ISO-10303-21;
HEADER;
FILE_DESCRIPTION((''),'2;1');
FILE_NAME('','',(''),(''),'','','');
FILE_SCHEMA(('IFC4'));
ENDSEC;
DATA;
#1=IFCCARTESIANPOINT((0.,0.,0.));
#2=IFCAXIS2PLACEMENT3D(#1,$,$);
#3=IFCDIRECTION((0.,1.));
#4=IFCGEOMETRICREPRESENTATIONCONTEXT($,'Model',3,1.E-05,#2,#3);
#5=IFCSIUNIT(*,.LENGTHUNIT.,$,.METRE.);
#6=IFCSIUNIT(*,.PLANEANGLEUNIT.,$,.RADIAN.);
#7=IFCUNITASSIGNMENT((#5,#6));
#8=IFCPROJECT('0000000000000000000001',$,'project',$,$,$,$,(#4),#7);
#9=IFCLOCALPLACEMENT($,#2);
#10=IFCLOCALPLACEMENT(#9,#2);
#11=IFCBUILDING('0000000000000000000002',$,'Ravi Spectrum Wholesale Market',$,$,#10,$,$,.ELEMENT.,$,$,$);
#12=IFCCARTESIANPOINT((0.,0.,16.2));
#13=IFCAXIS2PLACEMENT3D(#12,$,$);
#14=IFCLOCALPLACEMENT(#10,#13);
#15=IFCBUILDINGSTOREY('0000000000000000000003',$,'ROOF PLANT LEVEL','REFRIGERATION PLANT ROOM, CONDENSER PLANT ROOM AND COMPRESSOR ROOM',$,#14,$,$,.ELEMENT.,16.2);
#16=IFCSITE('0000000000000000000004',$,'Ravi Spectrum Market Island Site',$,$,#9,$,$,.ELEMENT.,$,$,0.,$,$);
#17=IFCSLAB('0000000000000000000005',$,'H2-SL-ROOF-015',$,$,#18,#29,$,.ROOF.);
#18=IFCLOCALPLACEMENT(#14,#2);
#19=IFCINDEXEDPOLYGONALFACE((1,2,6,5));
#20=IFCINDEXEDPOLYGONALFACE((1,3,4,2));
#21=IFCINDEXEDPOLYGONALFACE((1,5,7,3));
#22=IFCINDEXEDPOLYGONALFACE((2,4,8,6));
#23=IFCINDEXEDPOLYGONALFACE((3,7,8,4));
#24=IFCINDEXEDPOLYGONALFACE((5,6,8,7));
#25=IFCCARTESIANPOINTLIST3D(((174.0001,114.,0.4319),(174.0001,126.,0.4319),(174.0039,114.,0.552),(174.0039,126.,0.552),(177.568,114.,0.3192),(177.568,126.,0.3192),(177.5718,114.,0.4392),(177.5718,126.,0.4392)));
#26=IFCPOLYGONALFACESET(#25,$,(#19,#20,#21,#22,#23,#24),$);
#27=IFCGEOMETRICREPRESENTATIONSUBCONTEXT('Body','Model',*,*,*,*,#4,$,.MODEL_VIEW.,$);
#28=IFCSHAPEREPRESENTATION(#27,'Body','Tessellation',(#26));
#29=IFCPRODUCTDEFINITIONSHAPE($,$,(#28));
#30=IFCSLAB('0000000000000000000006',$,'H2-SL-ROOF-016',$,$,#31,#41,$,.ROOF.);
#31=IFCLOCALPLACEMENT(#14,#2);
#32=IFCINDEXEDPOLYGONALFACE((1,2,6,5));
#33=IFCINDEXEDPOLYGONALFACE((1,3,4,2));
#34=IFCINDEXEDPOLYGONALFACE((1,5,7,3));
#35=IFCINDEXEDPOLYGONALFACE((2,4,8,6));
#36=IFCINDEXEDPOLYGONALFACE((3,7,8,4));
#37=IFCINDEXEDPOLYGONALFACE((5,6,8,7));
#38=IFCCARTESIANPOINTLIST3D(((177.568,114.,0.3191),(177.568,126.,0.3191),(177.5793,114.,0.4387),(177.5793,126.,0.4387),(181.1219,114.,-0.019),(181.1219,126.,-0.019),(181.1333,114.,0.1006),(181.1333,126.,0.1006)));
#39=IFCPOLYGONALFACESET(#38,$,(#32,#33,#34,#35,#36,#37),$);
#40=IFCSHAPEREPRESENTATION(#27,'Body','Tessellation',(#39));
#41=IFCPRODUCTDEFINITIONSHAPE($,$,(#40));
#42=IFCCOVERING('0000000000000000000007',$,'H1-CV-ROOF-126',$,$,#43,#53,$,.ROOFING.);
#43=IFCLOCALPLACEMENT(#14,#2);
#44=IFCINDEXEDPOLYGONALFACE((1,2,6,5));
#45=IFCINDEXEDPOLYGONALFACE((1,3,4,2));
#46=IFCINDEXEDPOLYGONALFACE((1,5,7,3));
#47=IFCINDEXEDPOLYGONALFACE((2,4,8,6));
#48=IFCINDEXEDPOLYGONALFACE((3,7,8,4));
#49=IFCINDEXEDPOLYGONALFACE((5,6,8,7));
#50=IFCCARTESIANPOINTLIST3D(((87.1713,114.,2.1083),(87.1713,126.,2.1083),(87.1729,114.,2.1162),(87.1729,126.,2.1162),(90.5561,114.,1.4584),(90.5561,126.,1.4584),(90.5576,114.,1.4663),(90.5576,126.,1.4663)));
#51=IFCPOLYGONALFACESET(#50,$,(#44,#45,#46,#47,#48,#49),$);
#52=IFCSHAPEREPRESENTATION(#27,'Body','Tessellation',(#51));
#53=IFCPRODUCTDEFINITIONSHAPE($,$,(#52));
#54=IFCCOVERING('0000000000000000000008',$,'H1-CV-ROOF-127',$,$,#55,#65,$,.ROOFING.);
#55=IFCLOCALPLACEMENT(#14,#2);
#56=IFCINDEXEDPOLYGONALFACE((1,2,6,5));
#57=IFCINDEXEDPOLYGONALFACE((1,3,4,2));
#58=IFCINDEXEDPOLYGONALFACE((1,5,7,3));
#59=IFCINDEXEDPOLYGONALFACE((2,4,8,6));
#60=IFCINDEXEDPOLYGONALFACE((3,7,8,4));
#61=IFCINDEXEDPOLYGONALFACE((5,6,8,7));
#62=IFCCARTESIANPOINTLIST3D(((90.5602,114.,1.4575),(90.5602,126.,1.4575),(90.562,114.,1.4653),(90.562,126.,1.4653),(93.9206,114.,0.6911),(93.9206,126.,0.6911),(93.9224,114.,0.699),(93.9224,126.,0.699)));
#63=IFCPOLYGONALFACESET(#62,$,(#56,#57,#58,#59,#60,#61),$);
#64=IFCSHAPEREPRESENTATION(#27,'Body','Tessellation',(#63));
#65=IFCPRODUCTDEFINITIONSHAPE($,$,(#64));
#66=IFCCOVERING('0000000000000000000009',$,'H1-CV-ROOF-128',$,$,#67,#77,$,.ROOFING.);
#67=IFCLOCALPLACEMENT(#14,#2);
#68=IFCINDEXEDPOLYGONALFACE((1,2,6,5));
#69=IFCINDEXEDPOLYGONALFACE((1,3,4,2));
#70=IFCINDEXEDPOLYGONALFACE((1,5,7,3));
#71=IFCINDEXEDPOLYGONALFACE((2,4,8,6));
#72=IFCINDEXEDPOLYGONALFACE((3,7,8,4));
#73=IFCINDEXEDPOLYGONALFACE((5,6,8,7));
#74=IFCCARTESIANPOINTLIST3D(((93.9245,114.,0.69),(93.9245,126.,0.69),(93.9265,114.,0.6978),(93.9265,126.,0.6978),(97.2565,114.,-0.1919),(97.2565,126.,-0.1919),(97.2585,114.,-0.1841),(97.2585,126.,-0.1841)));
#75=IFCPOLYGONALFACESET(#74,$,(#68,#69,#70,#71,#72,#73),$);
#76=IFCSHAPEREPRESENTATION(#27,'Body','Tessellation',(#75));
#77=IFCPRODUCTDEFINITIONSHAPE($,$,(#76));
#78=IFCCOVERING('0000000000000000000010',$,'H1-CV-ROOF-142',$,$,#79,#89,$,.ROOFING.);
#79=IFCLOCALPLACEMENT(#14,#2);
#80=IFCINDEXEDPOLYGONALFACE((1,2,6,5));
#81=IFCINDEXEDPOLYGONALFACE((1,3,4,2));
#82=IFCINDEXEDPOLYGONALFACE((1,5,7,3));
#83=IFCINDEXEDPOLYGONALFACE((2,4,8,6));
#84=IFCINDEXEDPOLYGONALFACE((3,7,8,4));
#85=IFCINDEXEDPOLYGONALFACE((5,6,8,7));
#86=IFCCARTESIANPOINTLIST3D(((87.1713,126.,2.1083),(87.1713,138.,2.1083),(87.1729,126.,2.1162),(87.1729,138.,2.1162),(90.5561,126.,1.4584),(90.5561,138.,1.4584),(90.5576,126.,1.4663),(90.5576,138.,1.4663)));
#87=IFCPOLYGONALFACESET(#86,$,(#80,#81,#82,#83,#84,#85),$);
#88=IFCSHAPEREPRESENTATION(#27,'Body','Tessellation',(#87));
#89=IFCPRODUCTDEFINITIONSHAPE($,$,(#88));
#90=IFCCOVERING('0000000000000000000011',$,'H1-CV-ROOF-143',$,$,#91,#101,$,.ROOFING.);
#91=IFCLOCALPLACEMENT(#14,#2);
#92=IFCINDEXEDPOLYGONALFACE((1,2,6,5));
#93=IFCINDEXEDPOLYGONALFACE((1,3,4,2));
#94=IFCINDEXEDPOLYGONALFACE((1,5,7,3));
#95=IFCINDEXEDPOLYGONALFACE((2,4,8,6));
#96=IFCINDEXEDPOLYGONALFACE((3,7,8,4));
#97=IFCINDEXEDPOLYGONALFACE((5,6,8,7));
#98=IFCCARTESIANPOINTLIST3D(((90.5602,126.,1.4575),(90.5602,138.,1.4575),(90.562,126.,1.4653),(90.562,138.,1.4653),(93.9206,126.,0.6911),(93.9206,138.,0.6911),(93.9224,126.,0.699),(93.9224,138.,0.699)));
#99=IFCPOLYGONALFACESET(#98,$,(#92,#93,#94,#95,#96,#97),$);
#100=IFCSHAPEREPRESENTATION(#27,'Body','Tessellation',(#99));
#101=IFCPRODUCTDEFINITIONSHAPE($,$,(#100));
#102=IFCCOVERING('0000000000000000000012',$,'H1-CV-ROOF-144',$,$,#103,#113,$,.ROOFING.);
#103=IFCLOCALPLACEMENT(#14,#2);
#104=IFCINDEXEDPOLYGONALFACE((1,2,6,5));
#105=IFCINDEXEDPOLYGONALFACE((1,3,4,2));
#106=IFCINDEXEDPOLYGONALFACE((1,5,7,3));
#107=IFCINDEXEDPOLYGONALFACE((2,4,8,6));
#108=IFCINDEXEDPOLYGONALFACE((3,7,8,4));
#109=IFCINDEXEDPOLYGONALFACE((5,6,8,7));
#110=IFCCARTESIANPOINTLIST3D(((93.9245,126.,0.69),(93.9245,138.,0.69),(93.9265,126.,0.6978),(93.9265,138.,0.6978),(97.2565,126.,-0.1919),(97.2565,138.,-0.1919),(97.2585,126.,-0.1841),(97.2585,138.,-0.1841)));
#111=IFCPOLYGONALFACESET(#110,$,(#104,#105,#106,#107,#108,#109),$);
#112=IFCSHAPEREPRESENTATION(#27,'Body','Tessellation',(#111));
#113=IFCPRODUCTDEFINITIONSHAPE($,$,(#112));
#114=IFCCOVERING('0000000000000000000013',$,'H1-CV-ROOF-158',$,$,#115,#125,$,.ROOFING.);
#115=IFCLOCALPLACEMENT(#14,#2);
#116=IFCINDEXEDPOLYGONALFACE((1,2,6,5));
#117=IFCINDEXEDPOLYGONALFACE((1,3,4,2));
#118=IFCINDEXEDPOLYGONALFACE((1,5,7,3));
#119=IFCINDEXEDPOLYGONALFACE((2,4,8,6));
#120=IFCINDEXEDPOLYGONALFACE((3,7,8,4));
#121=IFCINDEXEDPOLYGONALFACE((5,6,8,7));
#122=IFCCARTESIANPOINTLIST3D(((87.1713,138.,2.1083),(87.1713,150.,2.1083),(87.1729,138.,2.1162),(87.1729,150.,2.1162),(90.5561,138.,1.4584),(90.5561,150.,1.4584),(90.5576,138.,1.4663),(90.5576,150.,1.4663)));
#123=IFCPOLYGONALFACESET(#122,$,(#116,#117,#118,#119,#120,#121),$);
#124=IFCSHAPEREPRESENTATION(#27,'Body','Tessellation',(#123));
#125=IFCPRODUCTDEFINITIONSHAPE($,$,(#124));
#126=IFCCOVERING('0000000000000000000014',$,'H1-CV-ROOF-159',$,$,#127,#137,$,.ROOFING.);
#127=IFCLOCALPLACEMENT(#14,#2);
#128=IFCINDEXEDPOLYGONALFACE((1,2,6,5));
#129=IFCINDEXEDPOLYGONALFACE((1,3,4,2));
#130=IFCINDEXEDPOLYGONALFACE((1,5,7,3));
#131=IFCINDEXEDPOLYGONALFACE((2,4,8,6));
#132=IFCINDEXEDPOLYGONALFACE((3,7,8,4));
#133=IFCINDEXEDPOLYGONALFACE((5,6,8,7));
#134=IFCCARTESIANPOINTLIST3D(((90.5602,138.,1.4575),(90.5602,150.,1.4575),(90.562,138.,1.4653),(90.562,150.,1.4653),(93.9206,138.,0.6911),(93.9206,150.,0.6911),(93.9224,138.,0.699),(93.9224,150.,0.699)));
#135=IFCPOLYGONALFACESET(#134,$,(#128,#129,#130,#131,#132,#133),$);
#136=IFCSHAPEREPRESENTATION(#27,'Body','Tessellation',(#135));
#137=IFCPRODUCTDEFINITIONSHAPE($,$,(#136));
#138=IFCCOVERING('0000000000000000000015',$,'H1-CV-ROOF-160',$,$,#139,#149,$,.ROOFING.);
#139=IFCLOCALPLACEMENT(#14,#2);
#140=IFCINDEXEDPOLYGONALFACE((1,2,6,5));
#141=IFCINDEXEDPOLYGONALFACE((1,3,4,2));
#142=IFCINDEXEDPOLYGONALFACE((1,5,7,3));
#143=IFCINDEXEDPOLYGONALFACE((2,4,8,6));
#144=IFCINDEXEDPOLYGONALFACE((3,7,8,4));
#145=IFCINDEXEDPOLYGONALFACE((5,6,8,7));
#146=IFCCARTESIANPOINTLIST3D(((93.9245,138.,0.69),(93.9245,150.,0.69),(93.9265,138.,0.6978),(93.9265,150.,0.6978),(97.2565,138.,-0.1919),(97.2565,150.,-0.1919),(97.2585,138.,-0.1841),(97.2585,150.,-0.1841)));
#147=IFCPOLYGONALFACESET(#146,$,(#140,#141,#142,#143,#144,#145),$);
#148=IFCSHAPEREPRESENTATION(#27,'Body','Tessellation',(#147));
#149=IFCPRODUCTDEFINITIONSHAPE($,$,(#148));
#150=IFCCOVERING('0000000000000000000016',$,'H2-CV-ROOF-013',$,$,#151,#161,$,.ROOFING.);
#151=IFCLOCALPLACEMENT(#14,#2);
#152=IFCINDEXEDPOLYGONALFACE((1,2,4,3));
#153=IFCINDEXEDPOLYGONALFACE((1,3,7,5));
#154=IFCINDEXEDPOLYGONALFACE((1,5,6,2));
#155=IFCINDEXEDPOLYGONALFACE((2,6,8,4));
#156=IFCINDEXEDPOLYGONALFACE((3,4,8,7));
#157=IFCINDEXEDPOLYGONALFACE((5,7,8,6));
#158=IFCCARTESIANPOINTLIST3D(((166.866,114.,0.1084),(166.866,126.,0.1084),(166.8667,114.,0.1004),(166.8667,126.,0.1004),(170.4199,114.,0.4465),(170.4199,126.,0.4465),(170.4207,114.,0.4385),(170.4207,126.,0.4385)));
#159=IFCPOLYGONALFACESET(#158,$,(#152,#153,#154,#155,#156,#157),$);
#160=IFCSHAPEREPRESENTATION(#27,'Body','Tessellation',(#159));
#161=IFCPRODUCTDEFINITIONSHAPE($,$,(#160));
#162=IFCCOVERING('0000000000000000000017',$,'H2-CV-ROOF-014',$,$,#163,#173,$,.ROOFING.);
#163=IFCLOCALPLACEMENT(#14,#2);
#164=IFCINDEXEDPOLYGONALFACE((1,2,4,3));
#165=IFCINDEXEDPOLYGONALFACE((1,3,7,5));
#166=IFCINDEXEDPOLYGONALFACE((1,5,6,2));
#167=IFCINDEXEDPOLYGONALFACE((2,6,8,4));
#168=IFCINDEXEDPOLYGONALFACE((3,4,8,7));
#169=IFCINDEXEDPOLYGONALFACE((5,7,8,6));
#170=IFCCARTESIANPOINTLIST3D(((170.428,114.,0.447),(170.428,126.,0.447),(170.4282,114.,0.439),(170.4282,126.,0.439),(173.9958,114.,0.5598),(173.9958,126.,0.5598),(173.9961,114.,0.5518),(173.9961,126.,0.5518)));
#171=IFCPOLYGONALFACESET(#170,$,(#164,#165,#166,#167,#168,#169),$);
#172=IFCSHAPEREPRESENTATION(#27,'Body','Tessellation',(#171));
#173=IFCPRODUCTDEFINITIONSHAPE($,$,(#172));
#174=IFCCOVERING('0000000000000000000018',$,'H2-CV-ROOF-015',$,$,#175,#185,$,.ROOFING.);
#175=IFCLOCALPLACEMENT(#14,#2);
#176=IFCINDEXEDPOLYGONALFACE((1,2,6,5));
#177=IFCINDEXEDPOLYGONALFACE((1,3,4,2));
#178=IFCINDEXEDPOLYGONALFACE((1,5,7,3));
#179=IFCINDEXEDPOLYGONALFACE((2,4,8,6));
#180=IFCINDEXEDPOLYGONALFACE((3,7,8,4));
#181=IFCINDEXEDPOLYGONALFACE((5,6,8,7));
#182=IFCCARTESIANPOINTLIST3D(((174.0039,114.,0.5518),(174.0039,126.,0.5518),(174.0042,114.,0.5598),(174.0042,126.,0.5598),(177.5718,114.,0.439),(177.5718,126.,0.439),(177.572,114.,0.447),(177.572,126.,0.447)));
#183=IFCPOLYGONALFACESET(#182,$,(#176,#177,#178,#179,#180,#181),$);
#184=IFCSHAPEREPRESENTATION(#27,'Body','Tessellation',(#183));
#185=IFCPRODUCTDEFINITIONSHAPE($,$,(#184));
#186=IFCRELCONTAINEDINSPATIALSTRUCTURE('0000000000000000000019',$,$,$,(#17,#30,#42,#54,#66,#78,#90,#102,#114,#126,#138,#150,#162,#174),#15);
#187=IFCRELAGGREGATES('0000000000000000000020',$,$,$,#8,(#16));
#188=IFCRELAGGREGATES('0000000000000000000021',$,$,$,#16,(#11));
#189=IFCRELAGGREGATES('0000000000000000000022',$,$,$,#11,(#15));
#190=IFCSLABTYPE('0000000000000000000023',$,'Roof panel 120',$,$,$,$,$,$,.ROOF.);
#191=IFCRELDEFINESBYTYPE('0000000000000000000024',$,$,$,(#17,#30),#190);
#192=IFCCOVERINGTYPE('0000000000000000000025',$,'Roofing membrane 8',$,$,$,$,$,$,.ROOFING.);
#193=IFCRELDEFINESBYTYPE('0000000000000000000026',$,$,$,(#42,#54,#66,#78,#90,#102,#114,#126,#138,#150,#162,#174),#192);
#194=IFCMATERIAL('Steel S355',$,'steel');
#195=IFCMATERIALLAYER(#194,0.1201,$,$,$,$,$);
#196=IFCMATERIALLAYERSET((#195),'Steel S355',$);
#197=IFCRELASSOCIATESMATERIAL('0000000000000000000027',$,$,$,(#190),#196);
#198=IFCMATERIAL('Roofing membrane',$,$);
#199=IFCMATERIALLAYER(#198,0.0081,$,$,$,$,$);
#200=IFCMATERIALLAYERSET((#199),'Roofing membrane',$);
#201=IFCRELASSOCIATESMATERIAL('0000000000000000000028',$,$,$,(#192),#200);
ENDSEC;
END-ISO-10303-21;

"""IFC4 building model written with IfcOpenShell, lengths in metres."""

from ifc_helpers import new_model, si_unit, direction, frame, origin, place, context, subcontext, project, spatial, polyline, outline, extrude, material, layer, layer_set, type_object, element, save


model = new_model("IFC4")

# Units and contexts
model_context = context("Model", 3, precision=1e-05, world=origin(), true_north=direction((0.0, 1.0)))
body_context = subcontext(model_context, "Body", "Model", "MODEL_VIEW")
ifc_project = project(units=[si_unit("LENGTHUNIT", "METRE"), si_unit("PLANEANGLEUNIT", "RADIAN")], contexts=[model_context])

# Site, building, storey
site_placement = place(None, origin())
site = spatial("IfcSite", under=ifc_project, at=site_placement, Name="Ravi Spectrum Market Island Site", CompositionType="ELEMENT", RefElevation=0.0)
building_placement = place(site_placement, origin())
building = spatial("IfcBuilding", under=site, at=building_placement, Name="Ravi Spectrum Wholesale Market", CompositionType="ELEMENT")
storey_placement = place(building_placement, frame((0.0, 0.0, 16.2)))
storey = spatial("IfcBuildingStorey", under=building, at=storey_placement, Name="ROOF PLANT LEVEL", Description="REFRIGERATION PLANT ROOM, CONDENSER PLANT ROOM AND COMPRESSOR ROOM", CompositionType="ELEMENT", Elevation=16.2)

# Slabs
ifc_material_1 = material(Name="Steel S355", Category="steel")
ifc_layer_1 = layer(ifc_material_1, 0.1201)
ifc_layer_set_1 = layer_set([ifc_layer_1], Name="Steel S355")
slab_type = type_object("IfcSlabType", Name="Roof panel 120", PredefinedType="ROOF", material=ifc_layer_set_1)
for number, where, z_axis, x_axis, name in (
    (1, (174.0039, 114.0, 0.552), (0.031598, 0.0, 0.999501), (0.999501, 0.0, -0.031598), "H2-SL-ROOF-015"),
):
    element("IfcSlab", number, at=place(storey_placement, frame(where, z_axis=z_axis, x_axis=x_axis)), inside=storey, type_object=slab_type, Name=name, PredefinedType="ROOF", context=body_context, shape_type="SweptSolid", body=[
        extrude(outline(polyline([(0.0, 0.0), (3.5697, 0.0), (3.5697, 12.0), (0.0, 12.0), (0.0, 0.0)])), origin(), (0.0, 0.0, -1.0), 0.1201),
    ])
slab_1_placement = place(storey_placement, frame((177.5793, 114.0, 0.4387), z_axis=(0.094716, 0.0, 0.995504), x_axis=(0.995504, 0.0, -0.094716)))
element("IfcSlab", 2, at=slab_1_placement, inside=storey, type_object=slab_type, Name="H2-SL-ROOF-016", PredefinedType="ROOF", context=body_context, shape_type="SweptSolid", body=[
    extrude(outline(polyline([(0.0, 0.0), (3.57, 0.0), (3.57, 12.0), (0.0, 12.0), (0.0, 0.0)])), origin(), (0.0, 0.0, -1.0), 0.1201),
])

# Coverings
ifc_material_2 = material(Name="Roofing membrane")
ifc_layer_2 = layer(ifc_material_2, 0.0081)
ifc_layer_set_2 = layer_set([ifc_layer_2], Name="Roofing membrane")
covering_type = type_object("IfcCoveringType", Name="Roofing membrane 8", PredefinedType="ROOFING", material=ifc_layer_set_2)
covering_1_placement = place(storey_placement, frame((87.1729, 114.0, 2.1162), z_axis=(0.188564, 0.0, 0.982061), x_axis=(0.982061, 0.0, -0.188564)))
element("IfcCovering", 3, at=covering_1_placement, inside=storey, type_object=covering_type, Name="H1-CV-ROOF-126", PredefinedType="ROOFING", context=body_context, shape_type="SweptSolid", body=[
    extrude(outline(polyline([(0.0, 0.0), (3.4466, 0.0), (3.4466, 12.0), (0.0, 12.0), (0.0, 0.0)])), origin(), (0.0, 0.0, -1.0), 0.0081),
])
covering_2_placement = place(storey_placement, frame((90.562, 114.0, 1.4653), z_axis=(0.22235, 0.0, 0.974967), x_axis=(0.974967, 0.0, -0.22235)))
element("IfcCovering", 4, at=covering_2_placement, inside=storey, type_object=covering_type, Name="H1-CV-ROOF-127", PredefinedType="ROOFING", context=body_context, shape_type="SweptSolid", body=[
    extrude(outline(polyline([(0.0, 0.0), (3.4466, 0.0), (3.4466, 12.0), (0.0, 12.0), (0.0, 0.0)])), origin(), (0.0, 0.0, -1.0), 0.0081),
])
covering_3_placement = place(storey_placement, frame((93.9265, 114.0, 0.6978), z_axis=(0.255846, 0.0, 0.966718), x_axis=(0.966718, 0.0, -0.255846)))
element("IfcCovering", 5, at=covering_3_placement, inside=storey, type_object=covering_type, Name="H1-CV-ROOF-128", PredefinedType="ROOFING", context=body_context, shape_type="SweptSolid", body=[
    extrude(outline(polyline([(0.0, 0.0), (3.4467, 0.0), (3.4467, 12.0), (0.0, 12.0), (0.0, 0.0)])), origin(), (0.0, 0.0, -1.0), 0.0081),
])
covering_4_placement = place(storey_placement, frame((87.1729, 126.0, 2.1162), z_axis=(0.188564, 0.0, 0.982061), x_axis=(0.982061, 0.0, -0.188564)))
element("IfcCovering", 6, at=covering_4_placement, inside=storey, type_object=covering_type, Name="H1-CV-ROOF-142", PredefinedType="ROOFING", context=body_context, shape_type="SweptSolid", body=[
    extrude(outline(polyline([(0.0, 0.0), (3.4466, 0.0), (3.4466, 12.0), (0.0, 12.0), (0.0, 0.0)])), origin(), (0.0, 0.0, -1.0), 0.0081),
])
covering_5_placement = place(storey_placement, frame((90.562, 126.0, 1.4653), z_axis=(0.22235, 0.0, 0.974967), x_axis=(0.974967, 0.0, -0.22235)))
element("IfcCovering", 7, at=covering_5_placement, inside=storey, type_object=covering_type, Name="H1-CV-ROOF-143", PredefinedType="ROOFING", context=body_context, shape_type="SweptSolid", body=[
    extrude(outline(polyline([(0.0, 0.0), (3.4466, 0.0), (3.4466, 12.0), (0.0, 12.0), (0.0, 0.0)])), origin(), (0.0, 0.0, -1.0), 0.0081),
])
covering_6_placement = place(storey_placement, frame((93.9265, 126.0, 0.6978), z_axis=(0.255846, 0.0, 0.966718), x_axis=(0.966718, 0.0, -0.255846)))
element("IfcCovering", 8, at=covering_6_placement, inside=storey, type_object=covering_type, Name="H1-CV-ROOF-144", PredefinedType="ROOFING", context=body_context, shape_type="SweptSolid", body=[
    extrude(outline(polyline([(0.0, 0.0), (3.4467, 0.0), (3.4467, 12.0), (0.0, 12.0), (0.0, 0.0)])), origin(), (0.0, 0.0, -1.0), 0.0081),
])
covering_7_placement = place(storey_placement, frame((87.1729, 138.0, 2.1162), z_axis=(0.188564, 0.0, 0.982061), x_axis=(0.982061, 0.0, -0.188564)))
element("IfcCovering", 9, at=covering_7_placement, inside=storey, type_object=covering_type, Name="H1-CV-ROOF-158", PredefinedType="ROOFING", context=body_context, shape_type="SweptSolid", body=[
    extrude(outline(polyline([(0.0, 0.0), (3.4466, 0.0), (3.4466, 12.0), (0.0, 12.0), (0.0, 0.0)])), origin(), (0.0, 0.0, -1.0), 0.0081),
])
covering_8_placement = place(storey_placement, frame((90.562, 138.0, 1.4653), z_axis=(0.22235, 0.0, 0.974967), x_axis=(0.974967, 0.0, -0.22235)))
element("IfcCovering", 10, at=covering_8_placement, inside=storey, type_object=covering_type, Name="H1-CV-ROOF-159", PredefinedType="ROOFING", context=body_context, shape_type="SweptSolid", body=[
    extrude(outline(polyline([(0.0, 0.0), (3.4466, 0.0), (3.4466, 12.0), (0.0, 12.0), (0.0, 0.0)])), origin(), (0.0, 0.0, -1.0), 0.0081),
])
covering_9_placement = place(storey_placement, frame((93.9265, 138.0, 0.6978), z_axis=(0.255846, 0.0, 0.966718), x_axis=(0.966718, 0.0, -0.255846)))
element("IfcCovering", 11, at=covering_9_placement, inside=storey, type_object=covering_type, Name="H1-CV-ROOF-160", PredefinedType="ROOFING", context=body_context, shape_type="SweptSolid", body=[
    extrude(outline(polyline([(0.0, 0.0), (3.4467, 0.0), (3.4467, 12.0), (0.0, 12.0), (0.0, 0.0)])), origin(), (0.0, 0.0, -1.0), 0.0081),
])
covering_10_placement = place(storey_placement, frame((166.866, 114.0, 0.1084), z_axis=(-0.094716, 0.0, 0.995504), x_axis=(0.995504, 0.0, 0.094716)))
element("IfcCovering", 12, at=covering_10_placement, inside=storey, type_object=covering_type, Name="H2-CV-ROOF-013", PredefinedType="ROOFING", context=body_context, shape_type="SweptSolid", body=[
    extrude(outline(polyline([(0.0, 0.0), (3.57, 0.0), (3.57, 12.0), (0.0, 12.0), (0.0, 0.0)])), origin(), (0.0, 0.0, -1.0), 0.0081),
])
for number, where, z_axis, x_axis, name in (
    (13, (170.428, 114.0, 0.447), (-0.031598, 0.0, 0.999501), (0.999501, 0.0, 0.031598), "H2-CV-ROOF-014"),
    (14, (174.0042, 114.0, 0.5598), (0.031598, 0.0, 0.999501), (0.999501, 0.0, -0.031598), "H2-CV-ROOF-015"),
):
    element("IfcCovering", number, at=place(storey_placement, frame(where, z_axis=z_axis, x_axis=x_axis)), inside=storey, type_object=covering_type, Name=name, PredefinedType="ROOFING", context=body_context, shape_type="SweptSolid", body=[
        extrude(outline(polyline([(0.0, 0.0), (3.5697, 0.0), (3.5697, 12.0), (0.0, 12.0), (0.0, 0.0)])), origin(), (0.0, 0.0, -1.0), 0.0081),
    ])

save(model, "model.ifc")
